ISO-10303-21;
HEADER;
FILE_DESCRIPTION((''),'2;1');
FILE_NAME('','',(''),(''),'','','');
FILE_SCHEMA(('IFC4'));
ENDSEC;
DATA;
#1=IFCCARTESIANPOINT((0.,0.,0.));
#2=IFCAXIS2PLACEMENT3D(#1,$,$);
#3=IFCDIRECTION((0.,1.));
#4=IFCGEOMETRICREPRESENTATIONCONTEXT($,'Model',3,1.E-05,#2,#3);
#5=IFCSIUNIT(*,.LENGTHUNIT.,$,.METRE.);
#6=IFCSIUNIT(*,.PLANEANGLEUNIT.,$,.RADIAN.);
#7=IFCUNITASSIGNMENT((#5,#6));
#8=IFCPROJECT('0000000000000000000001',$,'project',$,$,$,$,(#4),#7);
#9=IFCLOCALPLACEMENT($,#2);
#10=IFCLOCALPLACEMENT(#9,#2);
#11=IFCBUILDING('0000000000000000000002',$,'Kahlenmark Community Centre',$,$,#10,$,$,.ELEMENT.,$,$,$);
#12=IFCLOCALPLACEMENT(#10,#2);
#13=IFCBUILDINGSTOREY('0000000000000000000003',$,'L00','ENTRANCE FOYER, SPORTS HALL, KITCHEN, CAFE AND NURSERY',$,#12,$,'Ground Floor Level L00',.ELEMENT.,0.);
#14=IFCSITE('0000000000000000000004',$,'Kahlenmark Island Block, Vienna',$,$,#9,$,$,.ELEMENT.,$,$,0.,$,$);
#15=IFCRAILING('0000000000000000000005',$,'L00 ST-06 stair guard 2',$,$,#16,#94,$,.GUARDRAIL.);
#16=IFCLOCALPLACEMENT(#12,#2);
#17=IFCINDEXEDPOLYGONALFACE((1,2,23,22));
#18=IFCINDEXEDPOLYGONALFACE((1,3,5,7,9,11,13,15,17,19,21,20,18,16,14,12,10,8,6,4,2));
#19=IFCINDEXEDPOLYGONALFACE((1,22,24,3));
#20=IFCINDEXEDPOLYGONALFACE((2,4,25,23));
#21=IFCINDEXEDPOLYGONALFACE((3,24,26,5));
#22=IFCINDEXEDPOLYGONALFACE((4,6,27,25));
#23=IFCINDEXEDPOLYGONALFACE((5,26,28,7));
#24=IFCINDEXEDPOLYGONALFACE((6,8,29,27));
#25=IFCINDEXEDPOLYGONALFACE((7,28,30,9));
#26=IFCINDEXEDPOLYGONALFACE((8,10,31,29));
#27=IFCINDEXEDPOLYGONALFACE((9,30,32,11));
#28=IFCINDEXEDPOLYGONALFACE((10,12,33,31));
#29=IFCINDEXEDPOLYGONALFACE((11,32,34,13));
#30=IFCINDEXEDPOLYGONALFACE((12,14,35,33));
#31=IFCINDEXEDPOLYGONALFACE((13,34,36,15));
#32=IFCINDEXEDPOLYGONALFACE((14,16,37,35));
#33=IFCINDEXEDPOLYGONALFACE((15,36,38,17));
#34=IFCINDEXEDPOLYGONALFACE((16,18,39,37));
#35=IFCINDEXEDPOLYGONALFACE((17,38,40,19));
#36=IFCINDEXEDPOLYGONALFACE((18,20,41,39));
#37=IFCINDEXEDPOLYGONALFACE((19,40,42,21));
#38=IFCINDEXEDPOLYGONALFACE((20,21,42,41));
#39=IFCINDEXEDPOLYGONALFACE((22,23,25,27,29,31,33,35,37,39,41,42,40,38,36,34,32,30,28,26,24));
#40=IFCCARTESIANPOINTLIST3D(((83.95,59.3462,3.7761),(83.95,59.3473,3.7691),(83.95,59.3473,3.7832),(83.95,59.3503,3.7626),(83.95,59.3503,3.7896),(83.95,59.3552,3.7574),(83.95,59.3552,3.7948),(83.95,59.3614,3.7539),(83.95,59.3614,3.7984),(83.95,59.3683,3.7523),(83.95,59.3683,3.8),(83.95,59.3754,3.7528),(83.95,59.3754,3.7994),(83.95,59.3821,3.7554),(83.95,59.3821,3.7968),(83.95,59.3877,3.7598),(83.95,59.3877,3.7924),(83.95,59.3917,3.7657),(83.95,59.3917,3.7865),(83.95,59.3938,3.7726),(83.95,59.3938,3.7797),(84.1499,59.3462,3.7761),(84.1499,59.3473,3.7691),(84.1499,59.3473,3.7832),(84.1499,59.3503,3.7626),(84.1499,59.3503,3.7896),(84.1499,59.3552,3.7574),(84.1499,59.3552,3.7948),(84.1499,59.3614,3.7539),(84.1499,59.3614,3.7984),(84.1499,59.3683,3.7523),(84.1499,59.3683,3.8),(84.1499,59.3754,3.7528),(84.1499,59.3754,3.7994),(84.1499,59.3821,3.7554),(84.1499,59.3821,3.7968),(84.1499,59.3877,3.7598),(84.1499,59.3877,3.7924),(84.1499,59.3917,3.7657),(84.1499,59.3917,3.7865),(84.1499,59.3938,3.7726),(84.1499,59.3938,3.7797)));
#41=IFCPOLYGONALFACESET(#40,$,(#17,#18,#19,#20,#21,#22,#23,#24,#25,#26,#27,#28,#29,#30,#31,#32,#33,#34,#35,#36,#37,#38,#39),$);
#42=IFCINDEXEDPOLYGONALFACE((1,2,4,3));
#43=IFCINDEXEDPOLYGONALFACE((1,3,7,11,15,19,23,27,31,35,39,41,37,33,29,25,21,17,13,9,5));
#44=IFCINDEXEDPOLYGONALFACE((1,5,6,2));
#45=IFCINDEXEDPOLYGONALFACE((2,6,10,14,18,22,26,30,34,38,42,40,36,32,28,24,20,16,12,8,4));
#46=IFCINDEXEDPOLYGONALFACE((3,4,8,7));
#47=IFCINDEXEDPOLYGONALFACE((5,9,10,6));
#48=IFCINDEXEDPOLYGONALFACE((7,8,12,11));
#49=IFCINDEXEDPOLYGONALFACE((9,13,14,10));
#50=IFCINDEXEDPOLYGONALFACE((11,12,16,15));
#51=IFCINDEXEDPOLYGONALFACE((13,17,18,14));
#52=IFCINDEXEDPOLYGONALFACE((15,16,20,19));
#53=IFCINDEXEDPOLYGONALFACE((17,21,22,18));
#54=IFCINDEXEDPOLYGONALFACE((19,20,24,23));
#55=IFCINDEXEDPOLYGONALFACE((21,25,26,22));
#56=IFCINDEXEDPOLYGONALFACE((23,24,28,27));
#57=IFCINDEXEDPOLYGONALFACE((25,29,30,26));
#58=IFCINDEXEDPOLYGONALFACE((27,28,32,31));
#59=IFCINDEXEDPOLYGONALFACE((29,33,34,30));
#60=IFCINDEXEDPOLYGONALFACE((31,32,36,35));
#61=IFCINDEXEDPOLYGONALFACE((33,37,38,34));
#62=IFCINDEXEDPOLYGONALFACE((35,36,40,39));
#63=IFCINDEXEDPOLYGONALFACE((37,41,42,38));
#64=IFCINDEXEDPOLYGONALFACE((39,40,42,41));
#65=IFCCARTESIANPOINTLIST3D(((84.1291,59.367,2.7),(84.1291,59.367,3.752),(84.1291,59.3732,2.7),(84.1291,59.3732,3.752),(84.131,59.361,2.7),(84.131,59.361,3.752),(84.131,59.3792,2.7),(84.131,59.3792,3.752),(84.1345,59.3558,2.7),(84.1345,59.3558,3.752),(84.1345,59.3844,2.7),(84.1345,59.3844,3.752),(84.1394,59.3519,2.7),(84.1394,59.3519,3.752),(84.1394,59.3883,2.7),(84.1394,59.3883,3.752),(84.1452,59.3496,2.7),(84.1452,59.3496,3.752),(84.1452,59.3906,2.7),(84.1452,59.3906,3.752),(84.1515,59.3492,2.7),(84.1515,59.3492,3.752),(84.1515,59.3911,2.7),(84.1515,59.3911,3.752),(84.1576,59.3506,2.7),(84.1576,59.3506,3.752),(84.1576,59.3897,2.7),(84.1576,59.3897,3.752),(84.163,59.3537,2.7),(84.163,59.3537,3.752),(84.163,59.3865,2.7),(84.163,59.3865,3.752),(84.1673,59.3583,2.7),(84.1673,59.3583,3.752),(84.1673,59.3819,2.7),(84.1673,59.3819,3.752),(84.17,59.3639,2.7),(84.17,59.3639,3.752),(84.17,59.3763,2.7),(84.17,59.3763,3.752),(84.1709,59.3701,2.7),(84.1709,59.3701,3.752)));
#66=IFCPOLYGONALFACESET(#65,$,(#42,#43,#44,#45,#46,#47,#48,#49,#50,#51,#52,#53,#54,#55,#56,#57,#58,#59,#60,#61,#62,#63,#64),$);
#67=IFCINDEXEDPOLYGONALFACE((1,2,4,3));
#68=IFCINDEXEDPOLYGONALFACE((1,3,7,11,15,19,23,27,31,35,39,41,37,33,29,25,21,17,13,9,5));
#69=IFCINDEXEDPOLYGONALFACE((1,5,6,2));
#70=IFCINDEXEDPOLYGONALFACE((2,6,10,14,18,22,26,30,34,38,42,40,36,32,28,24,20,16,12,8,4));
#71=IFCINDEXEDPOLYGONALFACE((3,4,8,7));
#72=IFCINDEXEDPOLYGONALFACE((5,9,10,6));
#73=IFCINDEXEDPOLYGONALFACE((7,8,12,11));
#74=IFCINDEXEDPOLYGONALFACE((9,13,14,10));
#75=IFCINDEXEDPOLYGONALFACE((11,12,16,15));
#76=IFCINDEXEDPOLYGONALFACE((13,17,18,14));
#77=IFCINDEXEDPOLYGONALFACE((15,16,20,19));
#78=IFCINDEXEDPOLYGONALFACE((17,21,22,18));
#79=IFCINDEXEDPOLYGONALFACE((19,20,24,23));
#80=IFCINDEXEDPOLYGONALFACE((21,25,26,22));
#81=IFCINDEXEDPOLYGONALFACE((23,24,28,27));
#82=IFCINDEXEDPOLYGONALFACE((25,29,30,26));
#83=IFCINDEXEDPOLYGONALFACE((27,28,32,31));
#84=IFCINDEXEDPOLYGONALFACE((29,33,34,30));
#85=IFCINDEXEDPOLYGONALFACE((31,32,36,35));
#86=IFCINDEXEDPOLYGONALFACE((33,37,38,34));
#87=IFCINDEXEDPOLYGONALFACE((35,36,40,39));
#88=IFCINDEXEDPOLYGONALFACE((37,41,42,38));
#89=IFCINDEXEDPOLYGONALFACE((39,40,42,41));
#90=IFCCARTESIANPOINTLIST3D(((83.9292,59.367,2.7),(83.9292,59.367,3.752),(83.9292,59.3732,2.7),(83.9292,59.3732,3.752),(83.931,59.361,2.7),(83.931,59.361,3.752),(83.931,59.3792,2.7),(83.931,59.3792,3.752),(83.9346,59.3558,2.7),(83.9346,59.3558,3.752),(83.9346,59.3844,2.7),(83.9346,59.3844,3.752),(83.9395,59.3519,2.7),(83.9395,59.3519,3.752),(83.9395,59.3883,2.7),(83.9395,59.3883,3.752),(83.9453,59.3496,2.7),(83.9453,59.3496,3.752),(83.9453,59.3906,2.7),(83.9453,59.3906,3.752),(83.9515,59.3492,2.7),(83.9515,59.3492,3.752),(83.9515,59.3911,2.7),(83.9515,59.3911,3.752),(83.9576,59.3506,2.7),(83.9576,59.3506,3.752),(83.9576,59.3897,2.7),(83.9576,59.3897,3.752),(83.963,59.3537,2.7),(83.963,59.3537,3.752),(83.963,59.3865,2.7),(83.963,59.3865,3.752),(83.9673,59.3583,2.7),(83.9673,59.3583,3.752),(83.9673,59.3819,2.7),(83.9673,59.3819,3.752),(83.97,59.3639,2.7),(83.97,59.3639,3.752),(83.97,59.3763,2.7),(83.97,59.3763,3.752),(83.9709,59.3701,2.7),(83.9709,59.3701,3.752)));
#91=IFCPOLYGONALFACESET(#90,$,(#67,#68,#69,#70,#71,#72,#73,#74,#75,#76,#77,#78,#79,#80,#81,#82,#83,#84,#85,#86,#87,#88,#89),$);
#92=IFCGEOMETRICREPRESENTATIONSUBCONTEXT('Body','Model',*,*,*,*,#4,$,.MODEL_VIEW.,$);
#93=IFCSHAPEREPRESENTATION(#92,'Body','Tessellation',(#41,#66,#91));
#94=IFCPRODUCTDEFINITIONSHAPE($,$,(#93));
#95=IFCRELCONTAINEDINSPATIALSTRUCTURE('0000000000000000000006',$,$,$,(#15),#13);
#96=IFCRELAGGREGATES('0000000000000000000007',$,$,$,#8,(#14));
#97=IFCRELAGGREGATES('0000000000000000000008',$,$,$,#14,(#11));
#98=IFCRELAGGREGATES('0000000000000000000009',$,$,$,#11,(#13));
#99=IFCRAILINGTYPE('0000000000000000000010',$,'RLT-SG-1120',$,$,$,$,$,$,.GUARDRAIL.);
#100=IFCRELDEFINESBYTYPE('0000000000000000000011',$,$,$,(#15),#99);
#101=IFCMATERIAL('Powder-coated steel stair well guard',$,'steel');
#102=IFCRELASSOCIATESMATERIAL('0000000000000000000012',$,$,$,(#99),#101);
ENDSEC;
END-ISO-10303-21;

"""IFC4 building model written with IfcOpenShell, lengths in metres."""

from ifc_helpers import new_model, si_unit, direction, frame, origin, origin_2d, place, context, subcontext, project, spatial, circle, extrude, material, type_object, element, save


model = new_model("IFC4")

# Units and contexts
model_context = context("Model", 3, precision=1e-05, world=origin(), true_north=direction((0.0, 1.0)))
body_context = subcontext(model_context, "Body", "Model", "MODEL_VIEW")
ifc_project = project(units=[si_unit("LENGTHUNIT", "METRE"), si_unit("PLANEANGLEUNIT", "RADIAN")], contexts=[model_context])

# Site, building, storey
site_placement = place(None, origin())
site = spatial("IfcSite", under=ifc_project, at=site_placement, Name="Kahlenmark Island Block, Vienna", CompositionType="ELEMENT", RefElevation=0.0)
building_placement = place(site_placement, origin())
building = spatial("IfcBuilding", under=site, at=building_placement, Name="Kahlenmark Community Centre", CompositionType="ELEMENT")
storey_placement = place(building_placement, origin())
storey = spatial("IfcBuildingStorey", under=building, at=storey_placement, Name="L00", Description="ENTRANCE FOYER, SPORTS HALL, KITCHEN, CAFE AND NURSERY", LongName="Ground Floor Level L00", CompositionType="ELEMENT", Elevation=0.0)

# Railing
ifc_material_1 = material(Name="Powder-coated steel stair well guard", Category="steel")
railing_type_1 = type_object("IfcRailingType", Name="RLT-SG-1120", PredefinedType="GUARDRAIL", material=ifc_material_1)
railing_1_placement = place(storey_placement, frame((84.1499, 59.3701, 2.7)))
element("IfcRailing", 1, at=railing_1_placement, inside=storey, type_object=railing_type_1, Name="L00 ST-06 stair guard 2", PredefinedType="GUARDRAIL", context=body_context, shape_type="SweptSolid", body=[
    extrude(circle(Radius=0.0239, at=origin_2d()), frame((0.0, 0.0, 1.0762), z_axis=(-1.0, 0.0, 0.0), x_axis=(0.0, -1.0, 0.0)), (0.0, 0.0, 1.0), 0.2),
    extrude(circle(Radius=0.021, at=origin_2d()), origin(), (0.0, 0.0, 1.0), 1.052),
    extrude(circle(Radius=0.021, at=origin_2d()), frame((-0.2, 0.0, 0.0)), (0.0, 0.0, 1.0), 1.052),
])

save(model, "model.ifc")
